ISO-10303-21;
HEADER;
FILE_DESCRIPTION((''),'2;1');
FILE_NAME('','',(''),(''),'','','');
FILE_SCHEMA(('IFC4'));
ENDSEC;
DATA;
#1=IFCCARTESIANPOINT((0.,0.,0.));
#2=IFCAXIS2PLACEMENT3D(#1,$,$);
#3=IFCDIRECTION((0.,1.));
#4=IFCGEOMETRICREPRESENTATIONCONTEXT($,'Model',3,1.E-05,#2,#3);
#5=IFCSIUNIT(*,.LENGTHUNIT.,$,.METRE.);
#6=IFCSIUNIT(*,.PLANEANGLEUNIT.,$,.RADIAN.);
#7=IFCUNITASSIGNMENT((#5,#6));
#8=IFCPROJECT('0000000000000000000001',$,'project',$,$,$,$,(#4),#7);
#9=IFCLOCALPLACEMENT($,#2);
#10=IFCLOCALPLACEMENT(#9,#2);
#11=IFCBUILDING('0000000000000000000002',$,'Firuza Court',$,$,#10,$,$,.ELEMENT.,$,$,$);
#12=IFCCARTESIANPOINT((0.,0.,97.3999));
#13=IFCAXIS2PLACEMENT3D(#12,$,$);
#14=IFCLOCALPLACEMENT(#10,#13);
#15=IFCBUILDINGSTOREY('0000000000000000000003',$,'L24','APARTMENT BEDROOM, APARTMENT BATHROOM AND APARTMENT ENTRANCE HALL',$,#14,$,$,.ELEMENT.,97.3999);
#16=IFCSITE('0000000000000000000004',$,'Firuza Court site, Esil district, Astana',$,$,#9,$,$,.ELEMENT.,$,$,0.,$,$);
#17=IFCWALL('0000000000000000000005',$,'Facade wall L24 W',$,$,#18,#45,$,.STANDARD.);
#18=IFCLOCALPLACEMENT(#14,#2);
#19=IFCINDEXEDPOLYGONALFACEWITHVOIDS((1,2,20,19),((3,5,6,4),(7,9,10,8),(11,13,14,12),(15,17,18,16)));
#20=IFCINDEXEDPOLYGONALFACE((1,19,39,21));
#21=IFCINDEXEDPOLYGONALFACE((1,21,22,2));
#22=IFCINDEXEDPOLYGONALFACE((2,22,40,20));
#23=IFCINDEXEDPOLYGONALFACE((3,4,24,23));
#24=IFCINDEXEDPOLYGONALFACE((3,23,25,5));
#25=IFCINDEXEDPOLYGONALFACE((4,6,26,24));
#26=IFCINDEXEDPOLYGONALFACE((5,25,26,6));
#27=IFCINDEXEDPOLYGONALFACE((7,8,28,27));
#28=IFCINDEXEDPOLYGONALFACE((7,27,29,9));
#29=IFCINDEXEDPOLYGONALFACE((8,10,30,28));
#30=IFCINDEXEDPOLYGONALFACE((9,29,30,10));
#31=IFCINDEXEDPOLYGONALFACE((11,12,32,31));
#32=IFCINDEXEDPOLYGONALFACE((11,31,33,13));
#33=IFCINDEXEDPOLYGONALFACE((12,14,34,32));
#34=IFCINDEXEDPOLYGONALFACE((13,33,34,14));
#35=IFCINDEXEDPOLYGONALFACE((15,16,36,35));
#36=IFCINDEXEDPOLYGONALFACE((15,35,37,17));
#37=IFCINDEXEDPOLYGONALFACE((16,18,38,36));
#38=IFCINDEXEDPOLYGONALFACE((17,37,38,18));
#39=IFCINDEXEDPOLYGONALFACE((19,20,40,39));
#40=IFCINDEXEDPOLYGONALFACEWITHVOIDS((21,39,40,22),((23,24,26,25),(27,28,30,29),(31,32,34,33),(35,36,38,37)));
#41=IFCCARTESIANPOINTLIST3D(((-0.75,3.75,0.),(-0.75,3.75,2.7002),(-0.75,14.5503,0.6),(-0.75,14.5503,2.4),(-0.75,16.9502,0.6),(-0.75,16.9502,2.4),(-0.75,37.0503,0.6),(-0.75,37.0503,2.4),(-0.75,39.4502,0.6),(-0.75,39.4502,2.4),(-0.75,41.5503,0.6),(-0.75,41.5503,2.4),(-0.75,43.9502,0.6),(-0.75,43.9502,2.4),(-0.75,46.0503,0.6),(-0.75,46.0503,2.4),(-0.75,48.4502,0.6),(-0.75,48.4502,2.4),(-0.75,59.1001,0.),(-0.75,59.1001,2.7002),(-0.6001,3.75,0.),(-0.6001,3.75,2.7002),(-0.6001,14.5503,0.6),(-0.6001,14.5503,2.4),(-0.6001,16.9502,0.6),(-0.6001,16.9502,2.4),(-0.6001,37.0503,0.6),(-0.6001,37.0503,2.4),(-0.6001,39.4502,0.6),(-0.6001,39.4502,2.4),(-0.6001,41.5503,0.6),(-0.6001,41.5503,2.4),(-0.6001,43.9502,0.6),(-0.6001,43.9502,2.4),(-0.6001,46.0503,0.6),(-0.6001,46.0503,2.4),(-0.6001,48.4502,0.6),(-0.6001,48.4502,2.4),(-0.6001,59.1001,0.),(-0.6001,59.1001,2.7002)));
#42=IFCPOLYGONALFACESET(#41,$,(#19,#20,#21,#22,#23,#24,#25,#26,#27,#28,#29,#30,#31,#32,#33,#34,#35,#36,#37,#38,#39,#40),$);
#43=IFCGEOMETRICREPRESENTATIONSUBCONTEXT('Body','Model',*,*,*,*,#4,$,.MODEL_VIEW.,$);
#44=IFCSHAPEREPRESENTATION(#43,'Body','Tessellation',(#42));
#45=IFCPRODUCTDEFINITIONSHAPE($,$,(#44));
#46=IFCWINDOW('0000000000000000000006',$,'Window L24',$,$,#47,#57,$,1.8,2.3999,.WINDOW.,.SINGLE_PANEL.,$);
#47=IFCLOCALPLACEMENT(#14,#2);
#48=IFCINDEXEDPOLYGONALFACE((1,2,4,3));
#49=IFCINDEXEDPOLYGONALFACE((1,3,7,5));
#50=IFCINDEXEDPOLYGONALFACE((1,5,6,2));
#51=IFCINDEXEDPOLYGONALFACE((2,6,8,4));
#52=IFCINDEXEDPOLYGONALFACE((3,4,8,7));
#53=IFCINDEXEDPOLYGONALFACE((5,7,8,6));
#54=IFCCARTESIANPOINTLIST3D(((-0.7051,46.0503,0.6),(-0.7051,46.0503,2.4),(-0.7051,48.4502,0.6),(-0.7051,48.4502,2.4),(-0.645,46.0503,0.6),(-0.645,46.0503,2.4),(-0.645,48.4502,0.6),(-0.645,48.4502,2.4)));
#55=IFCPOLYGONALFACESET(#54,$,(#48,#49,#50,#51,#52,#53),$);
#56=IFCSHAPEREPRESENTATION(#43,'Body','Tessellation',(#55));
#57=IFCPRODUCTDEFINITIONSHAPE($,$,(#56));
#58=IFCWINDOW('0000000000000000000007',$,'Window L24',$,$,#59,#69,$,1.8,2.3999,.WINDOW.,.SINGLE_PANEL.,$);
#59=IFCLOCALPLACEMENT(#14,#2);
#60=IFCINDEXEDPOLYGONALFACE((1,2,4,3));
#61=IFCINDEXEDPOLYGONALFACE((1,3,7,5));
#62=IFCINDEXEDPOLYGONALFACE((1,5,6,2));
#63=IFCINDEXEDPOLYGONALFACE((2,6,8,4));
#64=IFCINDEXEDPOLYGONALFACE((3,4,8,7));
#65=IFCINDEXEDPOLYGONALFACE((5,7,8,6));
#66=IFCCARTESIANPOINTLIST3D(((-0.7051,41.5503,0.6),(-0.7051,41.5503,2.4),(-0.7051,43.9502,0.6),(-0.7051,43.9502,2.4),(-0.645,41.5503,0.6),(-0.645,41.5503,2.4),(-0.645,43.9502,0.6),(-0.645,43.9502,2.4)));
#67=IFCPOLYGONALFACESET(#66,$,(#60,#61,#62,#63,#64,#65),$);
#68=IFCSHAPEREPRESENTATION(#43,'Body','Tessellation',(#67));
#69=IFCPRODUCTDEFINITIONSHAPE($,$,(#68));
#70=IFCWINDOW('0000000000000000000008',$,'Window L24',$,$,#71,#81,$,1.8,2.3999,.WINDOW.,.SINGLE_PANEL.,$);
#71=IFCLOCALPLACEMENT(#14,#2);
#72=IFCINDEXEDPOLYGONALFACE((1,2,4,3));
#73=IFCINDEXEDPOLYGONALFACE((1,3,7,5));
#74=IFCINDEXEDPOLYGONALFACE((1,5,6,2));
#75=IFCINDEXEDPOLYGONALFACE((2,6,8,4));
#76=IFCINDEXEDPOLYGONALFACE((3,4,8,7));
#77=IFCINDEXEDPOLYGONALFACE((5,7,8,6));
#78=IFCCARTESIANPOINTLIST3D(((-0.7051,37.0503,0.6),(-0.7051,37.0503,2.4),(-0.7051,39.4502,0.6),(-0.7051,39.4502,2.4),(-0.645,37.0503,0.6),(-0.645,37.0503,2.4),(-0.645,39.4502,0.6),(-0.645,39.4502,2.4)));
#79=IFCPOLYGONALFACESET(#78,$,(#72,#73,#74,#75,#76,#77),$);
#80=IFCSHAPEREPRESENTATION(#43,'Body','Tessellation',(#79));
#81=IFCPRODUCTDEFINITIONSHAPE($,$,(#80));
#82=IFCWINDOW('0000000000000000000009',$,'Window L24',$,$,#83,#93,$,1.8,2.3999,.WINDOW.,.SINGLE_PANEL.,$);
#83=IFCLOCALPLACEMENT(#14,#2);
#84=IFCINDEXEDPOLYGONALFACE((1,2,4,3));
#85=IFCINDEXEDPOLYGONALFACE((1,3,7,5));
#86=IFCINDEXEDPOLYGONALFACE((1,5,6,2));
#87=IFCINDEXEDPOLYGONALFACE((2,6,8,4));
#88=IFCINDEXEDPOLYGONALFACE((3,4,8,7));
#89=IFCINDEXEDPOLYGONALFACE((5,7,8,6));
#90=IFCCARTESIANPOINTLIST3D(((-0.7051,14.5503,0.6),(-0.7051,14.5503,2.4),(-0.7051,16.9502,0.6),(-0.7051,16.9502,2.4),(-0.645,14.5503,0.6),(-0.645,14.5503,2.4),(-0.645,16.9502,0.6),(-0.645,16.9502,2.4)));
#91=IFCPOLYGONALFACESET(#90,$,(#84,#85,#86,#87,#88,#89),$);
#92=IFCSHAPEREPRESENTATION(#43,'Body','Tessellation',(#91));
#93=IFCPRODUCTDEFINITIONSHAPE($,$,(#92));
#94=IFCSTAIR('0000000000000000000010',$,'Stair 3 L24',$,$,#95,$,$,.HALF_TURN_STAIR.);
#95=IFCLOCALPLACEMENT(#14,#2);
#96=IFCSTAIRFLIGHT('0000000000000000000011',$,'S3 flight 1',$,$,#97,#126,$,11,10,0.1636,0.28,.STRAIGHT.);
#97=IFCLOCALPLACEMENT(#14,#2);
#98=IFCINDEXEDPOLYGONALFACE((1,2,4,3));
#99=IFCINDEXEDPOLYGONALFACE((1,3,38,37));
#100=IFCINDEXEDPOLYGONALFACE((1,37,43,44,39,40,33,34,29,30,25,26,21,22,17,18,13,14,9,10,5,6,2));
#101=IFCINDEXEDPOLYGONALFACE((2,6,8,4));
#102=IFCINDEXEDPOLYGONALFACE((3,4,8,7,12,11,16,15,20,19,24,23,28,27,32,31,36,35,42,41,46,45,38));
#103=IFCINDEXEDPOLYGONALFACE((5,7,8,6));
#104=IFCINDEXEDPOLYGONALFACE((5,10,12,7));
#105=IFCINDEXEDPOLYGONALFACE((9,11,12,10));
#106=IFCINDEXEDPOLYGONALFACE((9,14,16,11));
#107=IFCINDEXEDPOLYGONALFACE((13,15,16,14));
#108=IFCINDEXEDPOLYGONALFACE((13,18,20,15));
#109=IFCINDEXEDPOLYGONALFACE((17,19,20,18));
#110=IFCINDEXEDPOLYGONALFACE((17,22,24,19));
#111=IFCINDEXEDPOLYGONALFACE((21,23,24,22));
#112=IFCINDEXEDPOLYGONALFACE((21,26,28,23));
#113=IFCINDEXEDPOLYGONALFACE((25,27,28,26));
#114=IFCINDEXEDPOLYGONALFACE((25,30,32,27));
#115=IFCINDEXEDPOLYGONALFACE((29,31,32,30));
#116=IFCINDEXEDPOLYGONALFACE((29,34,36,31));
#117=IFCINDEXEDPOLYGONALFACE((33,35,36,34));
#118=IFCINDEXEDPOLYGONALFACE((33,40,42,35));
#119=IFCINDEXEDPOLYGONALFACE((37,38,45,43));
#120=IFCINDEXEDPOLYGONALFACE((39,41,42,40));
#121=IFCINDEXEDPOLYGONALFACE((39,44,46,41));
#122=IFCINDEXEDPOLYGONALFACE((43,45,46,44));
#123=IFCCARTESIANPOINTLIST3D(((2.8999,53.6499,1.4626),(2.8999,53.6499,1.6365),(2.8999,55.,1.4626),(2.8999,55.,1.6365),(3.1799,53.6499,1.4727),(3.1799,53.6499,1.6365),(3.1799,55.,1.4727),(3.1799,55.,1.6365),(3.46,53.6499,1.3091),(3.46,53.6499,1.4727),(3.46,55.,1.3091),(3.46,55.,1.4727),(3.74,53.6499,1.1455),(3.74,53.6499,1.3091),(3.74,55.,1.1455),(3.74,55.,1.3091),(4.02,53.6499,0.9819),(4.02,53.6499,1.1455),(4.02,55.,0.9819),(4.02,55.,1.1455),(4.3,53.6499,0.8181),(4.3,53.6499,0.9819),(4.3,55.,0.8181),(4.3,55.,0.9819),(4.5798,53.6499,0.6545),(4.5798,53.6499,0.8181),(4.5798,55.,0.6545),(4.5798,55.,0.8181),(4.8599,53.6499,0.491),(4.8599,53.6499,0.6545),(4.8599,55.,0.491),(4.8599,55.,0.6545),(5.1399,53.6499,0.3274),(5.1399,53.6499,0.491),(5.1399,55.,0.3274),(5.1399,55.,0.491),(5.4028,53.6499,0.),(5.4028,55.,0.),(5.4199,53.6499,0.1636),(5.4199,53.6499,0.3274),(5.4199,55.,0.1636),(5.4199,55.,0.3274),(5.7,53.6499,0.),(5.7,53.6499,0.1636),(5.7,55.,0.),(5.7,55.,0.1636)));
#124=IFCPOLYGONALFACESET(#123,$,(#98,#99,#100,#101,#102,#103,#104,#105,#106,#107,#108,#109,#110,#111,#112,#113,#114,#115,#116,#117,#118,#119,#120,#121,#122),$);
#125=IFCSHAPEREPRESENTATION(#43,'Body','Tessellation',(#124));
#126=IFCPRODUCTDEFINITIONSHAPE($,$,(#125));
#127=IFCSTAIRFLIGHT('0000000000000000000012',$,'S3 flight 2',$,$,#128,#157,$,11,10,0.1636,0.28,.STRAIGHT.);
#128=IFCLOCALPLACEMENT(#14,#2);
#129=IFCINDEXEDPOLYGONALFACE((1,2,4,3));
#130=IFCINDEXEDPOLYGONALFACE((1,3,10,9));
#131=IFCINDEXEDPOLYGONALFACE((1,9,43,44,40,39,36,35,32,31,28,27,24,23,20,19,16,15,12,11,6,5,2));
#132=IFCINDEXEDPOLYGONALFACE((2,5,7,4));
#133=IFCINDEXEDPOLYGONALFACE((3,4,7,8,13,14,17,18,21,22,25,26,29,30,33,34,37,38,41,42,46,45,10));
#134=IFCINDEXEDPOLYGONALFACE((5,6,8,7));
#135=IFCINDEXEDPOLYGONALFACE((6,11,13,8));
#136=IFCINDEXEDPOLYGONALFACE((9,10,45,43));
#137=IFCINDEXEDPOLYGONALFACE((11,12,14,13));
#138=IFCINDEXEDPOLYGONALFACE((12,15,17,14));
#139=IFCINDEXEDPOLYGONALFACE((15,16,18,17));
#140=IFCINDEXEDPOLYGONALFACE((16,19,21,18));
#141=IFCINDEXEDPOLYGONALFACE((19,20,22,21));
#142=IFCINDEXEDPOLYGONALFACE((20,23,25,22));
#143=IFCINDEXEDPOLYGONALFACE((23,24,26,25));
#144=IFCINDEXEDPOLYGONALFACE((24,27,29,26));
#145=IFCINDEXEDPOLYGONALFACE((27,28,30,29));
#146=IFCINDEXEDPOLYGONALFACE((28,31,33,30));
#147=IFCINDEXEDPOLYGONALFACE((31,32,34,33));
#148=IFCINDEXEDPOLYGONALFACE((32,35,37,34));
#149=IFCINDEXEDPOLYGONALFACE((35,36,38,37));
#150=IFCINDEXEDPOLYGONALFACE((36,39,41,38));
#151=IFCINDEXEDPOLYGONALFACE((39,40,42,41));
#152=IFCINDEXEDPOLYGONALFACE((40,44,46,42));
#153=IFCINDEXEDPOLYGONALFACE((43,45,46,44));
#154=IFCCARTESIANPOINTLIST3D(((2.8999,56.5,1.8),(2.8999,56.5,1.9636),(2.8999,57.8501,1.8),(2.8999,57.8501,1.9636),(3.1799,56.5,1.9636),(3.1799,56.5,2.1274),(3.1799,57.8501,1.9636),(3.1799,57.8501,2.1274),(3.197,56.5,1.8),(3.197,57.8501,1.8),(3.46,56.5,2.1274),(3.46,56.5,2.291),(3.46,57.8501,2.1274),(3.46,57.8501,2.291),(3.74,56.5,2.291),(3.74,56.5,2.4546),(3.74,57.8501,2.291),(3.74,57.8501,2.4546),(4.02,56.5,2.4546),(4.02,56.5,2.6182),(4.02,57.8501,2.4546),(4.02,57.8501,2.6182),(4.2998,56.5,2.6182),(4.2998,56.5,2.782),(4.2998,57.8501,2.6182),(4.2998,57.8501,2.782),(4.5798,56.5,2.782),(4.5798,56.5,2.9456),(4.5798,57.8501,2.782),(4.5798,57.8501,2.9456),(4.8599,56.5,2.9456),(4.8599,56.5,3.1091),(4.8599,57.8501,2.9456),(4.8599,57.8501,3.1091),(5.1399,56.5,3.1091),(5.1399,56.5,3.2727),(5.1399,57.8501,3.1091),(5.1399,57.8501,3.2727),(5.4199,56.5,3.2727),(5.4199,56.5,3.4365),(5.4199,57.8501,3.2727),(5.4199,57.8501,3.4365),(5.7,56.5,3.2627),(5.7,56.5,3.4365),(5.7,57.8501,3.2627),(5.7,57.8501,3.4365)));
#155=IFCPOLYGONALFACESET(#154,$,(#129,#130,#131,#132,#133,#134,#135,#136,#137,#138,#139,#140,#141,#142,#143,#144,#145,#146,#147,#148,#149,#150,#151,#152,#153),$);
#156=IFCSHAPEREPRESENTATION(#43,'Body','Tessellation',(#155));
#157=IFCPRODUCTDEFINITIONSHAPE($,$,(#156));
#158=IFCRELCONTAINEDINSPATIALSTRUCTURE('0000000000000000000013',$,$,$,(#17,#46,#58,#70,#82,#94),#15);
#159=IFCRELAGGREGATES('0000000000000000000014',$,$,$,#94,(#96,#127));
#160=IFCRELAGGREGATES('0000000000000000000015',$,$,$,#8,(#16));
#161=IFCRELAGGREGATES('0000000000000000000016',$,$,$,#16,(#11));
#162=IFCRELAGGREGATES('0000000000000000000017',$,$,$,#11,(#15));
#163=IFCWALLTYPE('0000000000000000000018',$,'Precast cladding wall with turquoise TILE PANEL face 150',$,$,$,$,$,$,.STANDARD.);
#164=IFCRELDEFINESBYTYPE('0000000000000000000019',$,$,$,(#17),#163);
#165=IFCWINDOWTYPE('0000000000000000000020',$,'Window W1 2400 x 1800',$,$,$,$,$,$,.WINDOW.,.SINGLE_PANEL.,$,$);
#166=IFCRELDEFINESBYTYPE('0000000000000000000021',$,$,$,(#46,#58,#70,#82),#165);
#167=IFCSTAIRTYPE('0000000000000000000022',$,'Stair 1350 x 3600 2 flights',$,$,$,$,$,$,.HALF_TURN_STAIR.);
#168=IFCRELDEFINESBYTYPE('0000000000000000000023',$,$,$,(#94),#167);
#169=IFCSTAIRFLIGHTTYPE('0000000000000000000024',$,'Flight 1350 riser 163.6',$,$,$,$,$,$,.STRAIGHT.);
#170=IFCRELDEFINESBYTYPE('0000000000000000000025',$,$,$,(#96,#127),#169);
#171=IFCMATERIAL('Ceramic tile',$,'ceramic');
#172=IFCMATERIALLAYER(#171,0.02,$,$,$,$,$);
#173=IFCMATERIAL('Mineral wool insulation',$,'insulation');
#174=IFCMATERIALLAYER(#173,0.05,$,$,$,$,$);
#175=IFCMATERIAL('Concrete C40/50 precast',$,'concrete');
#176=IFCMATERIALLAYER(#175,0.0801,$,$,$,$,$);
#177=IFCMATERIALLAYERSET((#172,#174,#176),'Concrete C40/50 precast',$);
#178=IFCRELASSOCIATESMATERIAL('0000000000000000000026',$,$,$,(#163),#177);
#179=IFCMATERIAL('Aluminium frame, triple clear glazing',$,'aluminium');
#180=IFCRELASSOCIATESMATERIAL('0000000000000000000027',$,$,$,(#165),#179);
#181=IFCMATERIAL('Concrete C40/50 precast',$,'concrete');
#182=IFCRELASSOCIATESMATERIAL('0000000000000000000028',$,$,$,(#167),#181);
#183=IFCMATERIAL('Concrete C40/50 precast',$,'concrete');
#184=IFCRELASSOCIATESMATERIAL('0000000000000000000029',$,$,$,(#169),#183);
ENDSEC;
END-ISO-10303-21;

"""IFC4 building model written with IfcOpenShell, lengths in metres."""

from ifc_helpers import new_model, si_unit, direction, frame, frame_2d, origin, place, context, subcontext, project, spatial, polyline, rectangle, outline, extrude, material, layer, layer_set, type_object, element, fill, aggregate, save


model = new_model("IFC4")

# Units and contexts
model_context = context("Model", 3, precision=1e-05, world=origin(), true_north=direction((0.0, 1.0)))
body_context = subcontext(model_context, "Body", "Model", "MODEL_VIEW")
ifc_project = project(units=[si_unit("LENGTHUNIT", "METRE"), si_unit("PLANEANGLEUNIT", "RADIAN")], contexts=[model_context])

# Site, building, storey
site_placement = place(None, origin())
site = spatial("IfcSite", under=ifc_project, at=site_placement, Name="Firuza Court site, Esil district, Astana", CompositionType="ELEMENT", RefElevation=0.0)
building_placement = place(site_placement, origin())
building = spatial("IfcBuilding", under=site, at=building_placement, Name="Firuza Court", CompositionType="ELEMENT")
storey_placement = place(building_placement, frame((0.0, 0.0, 97.3999)))
storey = spatial("IfcBuildingStorey", under=building, at=storey_placement, Name="L24", Description="APARTMENT BEDROOM, APARTMENT BATHROOM AND APARTMENT ENTRANCE HALL", CompositionType="ELEMENT", Elevation=97.3999)

# Wall, openings, windows
ifc_material_1 = material(Name="Ceramic tile", Category="ceramic")
ifc_layer_1 = layer(ifc_material_1, 0.02)
ifc_material_2 = material(Name="Mineral wool insulation", Category="insulation")
ifc_layer_2 = layer(ifc_material_2, 0.05)
ifc_material_3 = material(Name="Concrete C40/50 precast", Category="concrete")
ifc_layer_3 = layer(ifc_material_3, 0.0801)
ifc_layer_set_1 = layer_set([ifc_layer_1, ifc_layer_2, ifc_layer_3], Name="Concrete C40/50 precast")
wall_type_1 = type_object("IfcWallType", Name="Precast cladding wall with turquoise TILE PANEL face 150", PredefinedType="STANDARD", material=ifc_layer_set_1)
wall_1_placement = place(storey_placement, frame((-0.675, 59.1001, 0.0), z_axis=(0.0, 0.0, 1.0), x_axis=(0.0, -1.0, 0.0)))
wall_1 = element("IfcWall", 1, at=wall_1_placement, inside=storey, type_object=wall_type_1, Name="Facade wall L24 W", PredefinedType="STANDARD", context=body_context, shape_type="SweptSolid", body=[
    extrude(rectangle(XDim=55.3501, YDim=0.1499, at=frame_2d((27.675, 0.0))), origin(), (0.0, 0.0, 1.0), 2.7002),
])
opening_1_placement = place(wall_1_placement, frame((10.6499, 0.0, 0.6001)))
opening_1 = element("IfcOpeningElement", 2, at=opening_1_placement, cuts=wall_1, PredefinedType="OPENING", context=body_context, shape_type="SweptSolid", body=[
    extrude(rectangle(XDim=2.3999, YDim=1.8, at=frame_2d((1.2, 0.8999))), frame((0.0, 0.0869, 0.0), z_axis=(0.0, -1.0, 0.0), x_axis=(1.0, 0.0, 0.0)), (0.0, 0.0, 1.0), 0.1738),
])
opening_2_placement = place(wall_1_placement, frame((15.1499, 0.0, 0.6001)))
opening_2 = element("IfcOpeningElement", 3, at=opening_2_placement, cuts=wall_1, PredefinedType="OPENING", context=body_context, shape_type="SweptSolid", body=[
    extrude(rectangle(XDim=2.3999, YDim=1.8, at=frame_2d((1.2, 0.8999))), frame((0.0, 0.0869, 0.0), z_axis=(0.0, -1.0, 0.0), x_axis=(1.0, 0.0, 0.0)), (0.0, 0.0, 1.0), 0.1738),
])
opening_3_placement = place(wall_1_placement, frame((19.6499, 0.0, 0.6001)))
opening_3 = element("IfcOpeningElement", 4, at=opening_3_placement, cuts=wall_1, PredefinedType="OPENING", context=body_context, shape_type="SweptSolid", body=[
    extrude(rectangle(XDim=2.3999, YDim=1.8, at=frame_2d((1.2, 0.8999))), frame((0.0, 0.0869, 0.0), z_axis=(0.0, -1.0, 0.0), x_axis=(1.0, 0.0, 0.0)), (0.0, 0.0, 1.0), 0.1738),
])
opening_4_placement = place(wall_1_placement, frame((42.1499, 0.0, 0.6001)))
opening_4 = element("IfcOpeningElement", 5, at=opening_4_placement, cuts=wall_1, PredefinedType="OPENING", context=body_context, shape_type="SweptSolid", body=[
    extrude(rectangle(XDim=2.3999, YDim=1.8, at=frame_2d((1.2, 0.8999))), frame((0.0, 0.0869, 0.0), z_axis=(0.0, -1.0, 0.0), x_axis=(1.0, 0.0, 0.0)), (0.0, 0.0, 1.0), 0.1738),
])
ifc_material_4 = material(Name="Aluminium frame, triple clear glazing", Category="aluminium")
window_type = type_object("IfcWindowType", Name="Window W1 2400 x 1800", PartitioningType="SINGLE_PANEL", PredefinedType="WINDOW", material=ifc_material_4)
window_1_placement = place(opening_1_placement, origin())
window_1 = element("IfcWindow", 6, at=window_1_placement, inside=storey, type_object=window_type, Name="Window L24", OverallHeight=1.8, OverallWidth=2.3999, PartitioningType="SINGLE_PANEL", PredefinedType="WINDOW", context=body_context, shape_type="SweptSolid", body=[
    extrude(rectangle(XDim=2.3999, YDim=1.8, at=frame_2d((1.2, 0.8999))), frame((0.0, 0.03, 0.0), z_axis=(0.0, -1.0, 0.0), x_axis=(1.0, 0.0, 0.0)), (0.0, 0.0, 1.0), 0.0601),
])
fill(opening_1, window_1)
window_2_placement = place(opening_2_placement, origin())
window_2 = element("IfcWindow", 7, at=window_2_placement, inside=storey, type_object=window_type, Name="Window L24", OverallHeight=1.8, OverallWidth=2.3999, PartitioningType="SINGLE_PANEL", PredefinedType="WINDOW", context=body_context, shape_type="SweptSolid", body=[
    extrude(rectangle(XDim=2.3999, YDim=1.8, at=frame_2d((1.2, 0.8999))), frame((0.0, 0.03, 0.0), z_axis=(0.0, -1.0, 0.0), x_axis=(1.0, 0.0, 0.0)), (0.0, 0.0, 1.0), 0.0601),
])
fill(opening_2, window_2)
window_3_placement = place(opening_3_placement, origin())
window_3 = element("IfcWindow", 8, at=window_3_placement, inside=storey, type_object=window_type, Name="Window L24", OverallHeight=1.8, OverallWidth=2.3999, PartitioningType="SINGLE_PANEL", PredefinedType="WINDOW", context=body_context, shape_type="SweptSolid", body=[
    extrude(rectangle(XDim=2.3999, YDim=1.8, at=frame_2d((1.2, 0.8999))), frame((0.0, 0.03, 0.0), z_axis=(0.0, -1.0, 0.0), x_axis=(1.0, 0.0, 0.0)), (0.0, 0.0, 1.0), 0.0601),
])
fill(opening_3, window_3)
window_4_placement = place(opening_4_placement, origin())
window_4 = element("IfcWindow", 9, at=window_4_placement, inside=storey, type_object=window_type, Name="Window L24", OverallHeight=1.8, OverallWidth=2.3999, PartitioningType="SINGLE_PANEL", PredefinedType="WINDOW", context=body_context, shape_type="SweptSolid", body=[
    extrude(rectangle(XDim=2.3999, YDim=1.8, at=frame_2d((1.2, 0.8999))), frame((0.0, 0.03, 0.0), z_axis=(0.0, -1.0, 0.0), x_axis=(1.0, 0.0, 0.0)), (0.0, 0.0, 1.0), 0.0601),
])
fill(opening_4, window_4)

# Stair, stair flights
ifc_material_5 = material(Name="Concrete C40/50 precast", Category="concrete")
stair_type = type_object("IfcStairType", Name="Stair 1350 x 3600 2 flights", PredefinedType="HALF_TURN_STAIR", material=ifc_material_5)
stair_placement = place(storey_placement, origin())
stair = element("IfcStair", 10, at=stair_placement, inside=storey, type_object=stair_type, Name="Stair 3 L24", PredefinedType="HALF_TURN_STAIR")
ifc_material_6 = material(Name="Concrete C40/50 precast", Category="concrete")
stair_flight_type = type_object("IfcStairFlightType", Name="Flight 1350 riser 163.6", PredefinedType="STRAIGHT", material=ifc_material_6)
stair_flight_1_placement = place(storey_placement, frame((5.7, 54.325, 0.0), z_axis=(0.0, 0.0, 1.0), x_axis=(-1.0, 0.0, 0.0)))
stair_flight_1 = element("IfcStairFlight", 11, at=stair_flight_1_placement, type_object=stair_flight_type, Name="S3 flight 1", NumberOfRisers=11, NumberOfTreads=10, PredefinedType="STRAIGHT", RiserHeight=0.1636, TreadLength=0.28, context=body_context, shape_type="SweptSolid", body=[
    extrude(outline(polyline([(0.0, 0.0), (0.0, 0.1636), (0.28, 0.1636), (0.28, 0.3274), (0.5601, 0.3274), (0.5601, 0.491), (0.8401, 0.491), (0.8401, 0.6545), (1.1201, 0.6545), (1.1201, 0.8181), (1.3999, 0.8181), (1.3999, 0.9819), (1.6799, 0.9819), (1.6799, 1.1455), (1.96, 1.1455), (1.96, 1.3091), (2.24, 1.3091), (2.24, 1.4727), (2.52, 1.4727), (2.52, 1.6365), (2.8, 1.6365), (2.8, 1.8), (2.8, 1.4626), (0.2971, 0.0), (0.0, 0.0)])), frame((0.0, 0.675, 0.0), z_axis=(0.0, -1.0, 0.0), x_axis=(1.0, 0.0, 0.0)), (0.0, 0.0, 1.0), 1.3501),
])
stair_flight_2_placement = place(storey_placement, frame((2.8999, 57.175, 1.8), z_axis=(0.0, 0.0, 1.0), x_axis=(1.0, 0.0, 0.0)))
stair_flight_2 = element("IfcStairFlight", 12, at=stair_flight_2_placement, type_object=stair_flight_type, Name="S3 flight 2", NumberOfRisers=11, NumberOfTreads=10, PredefinedType="STRAIGHT", RiserHeight=0.1636, TreadLength=0.28, context=body_context, shape_type="SweptSolid", body=[
    extrude(outline(polyline([(0.0, 0.0), (0.0, 0.1636), (0.28, 0.1636), (0.28, 0.3274), (0.5601, 0.3274), (0.5601, 0.491), (0.8401, 0.491), (0.8401, 0.6545), (1.1201, 0.6545), (1.1201, 0.8181), (1.3999, 0.8181), (1.3999, 0.9819), (1.6799, 0.9819), (1.6799, 1.1455), (1.96, 1.1455), (1.96, 1.3091), (2.24, 1.3091), (2.24, 1.4727), (2.52, 1.4727), (2.52, 1.6365), (2.8, 1.6365), (2.8, 1.8), (2.8, 1.4626), (0.2971, 0.0), (0.0, 0.0)])), frame((0.0, 0.675, 0.0), z_axis=(0.0, -1.0, 0.0), x_axis=(1.0, 0.0, 0.0)), (0.0, 0.0, 1.0), 1.3501),
])
aggregate(stair, [stair_flight_1, stair_flight_2])

save(model, "model.ifc")
